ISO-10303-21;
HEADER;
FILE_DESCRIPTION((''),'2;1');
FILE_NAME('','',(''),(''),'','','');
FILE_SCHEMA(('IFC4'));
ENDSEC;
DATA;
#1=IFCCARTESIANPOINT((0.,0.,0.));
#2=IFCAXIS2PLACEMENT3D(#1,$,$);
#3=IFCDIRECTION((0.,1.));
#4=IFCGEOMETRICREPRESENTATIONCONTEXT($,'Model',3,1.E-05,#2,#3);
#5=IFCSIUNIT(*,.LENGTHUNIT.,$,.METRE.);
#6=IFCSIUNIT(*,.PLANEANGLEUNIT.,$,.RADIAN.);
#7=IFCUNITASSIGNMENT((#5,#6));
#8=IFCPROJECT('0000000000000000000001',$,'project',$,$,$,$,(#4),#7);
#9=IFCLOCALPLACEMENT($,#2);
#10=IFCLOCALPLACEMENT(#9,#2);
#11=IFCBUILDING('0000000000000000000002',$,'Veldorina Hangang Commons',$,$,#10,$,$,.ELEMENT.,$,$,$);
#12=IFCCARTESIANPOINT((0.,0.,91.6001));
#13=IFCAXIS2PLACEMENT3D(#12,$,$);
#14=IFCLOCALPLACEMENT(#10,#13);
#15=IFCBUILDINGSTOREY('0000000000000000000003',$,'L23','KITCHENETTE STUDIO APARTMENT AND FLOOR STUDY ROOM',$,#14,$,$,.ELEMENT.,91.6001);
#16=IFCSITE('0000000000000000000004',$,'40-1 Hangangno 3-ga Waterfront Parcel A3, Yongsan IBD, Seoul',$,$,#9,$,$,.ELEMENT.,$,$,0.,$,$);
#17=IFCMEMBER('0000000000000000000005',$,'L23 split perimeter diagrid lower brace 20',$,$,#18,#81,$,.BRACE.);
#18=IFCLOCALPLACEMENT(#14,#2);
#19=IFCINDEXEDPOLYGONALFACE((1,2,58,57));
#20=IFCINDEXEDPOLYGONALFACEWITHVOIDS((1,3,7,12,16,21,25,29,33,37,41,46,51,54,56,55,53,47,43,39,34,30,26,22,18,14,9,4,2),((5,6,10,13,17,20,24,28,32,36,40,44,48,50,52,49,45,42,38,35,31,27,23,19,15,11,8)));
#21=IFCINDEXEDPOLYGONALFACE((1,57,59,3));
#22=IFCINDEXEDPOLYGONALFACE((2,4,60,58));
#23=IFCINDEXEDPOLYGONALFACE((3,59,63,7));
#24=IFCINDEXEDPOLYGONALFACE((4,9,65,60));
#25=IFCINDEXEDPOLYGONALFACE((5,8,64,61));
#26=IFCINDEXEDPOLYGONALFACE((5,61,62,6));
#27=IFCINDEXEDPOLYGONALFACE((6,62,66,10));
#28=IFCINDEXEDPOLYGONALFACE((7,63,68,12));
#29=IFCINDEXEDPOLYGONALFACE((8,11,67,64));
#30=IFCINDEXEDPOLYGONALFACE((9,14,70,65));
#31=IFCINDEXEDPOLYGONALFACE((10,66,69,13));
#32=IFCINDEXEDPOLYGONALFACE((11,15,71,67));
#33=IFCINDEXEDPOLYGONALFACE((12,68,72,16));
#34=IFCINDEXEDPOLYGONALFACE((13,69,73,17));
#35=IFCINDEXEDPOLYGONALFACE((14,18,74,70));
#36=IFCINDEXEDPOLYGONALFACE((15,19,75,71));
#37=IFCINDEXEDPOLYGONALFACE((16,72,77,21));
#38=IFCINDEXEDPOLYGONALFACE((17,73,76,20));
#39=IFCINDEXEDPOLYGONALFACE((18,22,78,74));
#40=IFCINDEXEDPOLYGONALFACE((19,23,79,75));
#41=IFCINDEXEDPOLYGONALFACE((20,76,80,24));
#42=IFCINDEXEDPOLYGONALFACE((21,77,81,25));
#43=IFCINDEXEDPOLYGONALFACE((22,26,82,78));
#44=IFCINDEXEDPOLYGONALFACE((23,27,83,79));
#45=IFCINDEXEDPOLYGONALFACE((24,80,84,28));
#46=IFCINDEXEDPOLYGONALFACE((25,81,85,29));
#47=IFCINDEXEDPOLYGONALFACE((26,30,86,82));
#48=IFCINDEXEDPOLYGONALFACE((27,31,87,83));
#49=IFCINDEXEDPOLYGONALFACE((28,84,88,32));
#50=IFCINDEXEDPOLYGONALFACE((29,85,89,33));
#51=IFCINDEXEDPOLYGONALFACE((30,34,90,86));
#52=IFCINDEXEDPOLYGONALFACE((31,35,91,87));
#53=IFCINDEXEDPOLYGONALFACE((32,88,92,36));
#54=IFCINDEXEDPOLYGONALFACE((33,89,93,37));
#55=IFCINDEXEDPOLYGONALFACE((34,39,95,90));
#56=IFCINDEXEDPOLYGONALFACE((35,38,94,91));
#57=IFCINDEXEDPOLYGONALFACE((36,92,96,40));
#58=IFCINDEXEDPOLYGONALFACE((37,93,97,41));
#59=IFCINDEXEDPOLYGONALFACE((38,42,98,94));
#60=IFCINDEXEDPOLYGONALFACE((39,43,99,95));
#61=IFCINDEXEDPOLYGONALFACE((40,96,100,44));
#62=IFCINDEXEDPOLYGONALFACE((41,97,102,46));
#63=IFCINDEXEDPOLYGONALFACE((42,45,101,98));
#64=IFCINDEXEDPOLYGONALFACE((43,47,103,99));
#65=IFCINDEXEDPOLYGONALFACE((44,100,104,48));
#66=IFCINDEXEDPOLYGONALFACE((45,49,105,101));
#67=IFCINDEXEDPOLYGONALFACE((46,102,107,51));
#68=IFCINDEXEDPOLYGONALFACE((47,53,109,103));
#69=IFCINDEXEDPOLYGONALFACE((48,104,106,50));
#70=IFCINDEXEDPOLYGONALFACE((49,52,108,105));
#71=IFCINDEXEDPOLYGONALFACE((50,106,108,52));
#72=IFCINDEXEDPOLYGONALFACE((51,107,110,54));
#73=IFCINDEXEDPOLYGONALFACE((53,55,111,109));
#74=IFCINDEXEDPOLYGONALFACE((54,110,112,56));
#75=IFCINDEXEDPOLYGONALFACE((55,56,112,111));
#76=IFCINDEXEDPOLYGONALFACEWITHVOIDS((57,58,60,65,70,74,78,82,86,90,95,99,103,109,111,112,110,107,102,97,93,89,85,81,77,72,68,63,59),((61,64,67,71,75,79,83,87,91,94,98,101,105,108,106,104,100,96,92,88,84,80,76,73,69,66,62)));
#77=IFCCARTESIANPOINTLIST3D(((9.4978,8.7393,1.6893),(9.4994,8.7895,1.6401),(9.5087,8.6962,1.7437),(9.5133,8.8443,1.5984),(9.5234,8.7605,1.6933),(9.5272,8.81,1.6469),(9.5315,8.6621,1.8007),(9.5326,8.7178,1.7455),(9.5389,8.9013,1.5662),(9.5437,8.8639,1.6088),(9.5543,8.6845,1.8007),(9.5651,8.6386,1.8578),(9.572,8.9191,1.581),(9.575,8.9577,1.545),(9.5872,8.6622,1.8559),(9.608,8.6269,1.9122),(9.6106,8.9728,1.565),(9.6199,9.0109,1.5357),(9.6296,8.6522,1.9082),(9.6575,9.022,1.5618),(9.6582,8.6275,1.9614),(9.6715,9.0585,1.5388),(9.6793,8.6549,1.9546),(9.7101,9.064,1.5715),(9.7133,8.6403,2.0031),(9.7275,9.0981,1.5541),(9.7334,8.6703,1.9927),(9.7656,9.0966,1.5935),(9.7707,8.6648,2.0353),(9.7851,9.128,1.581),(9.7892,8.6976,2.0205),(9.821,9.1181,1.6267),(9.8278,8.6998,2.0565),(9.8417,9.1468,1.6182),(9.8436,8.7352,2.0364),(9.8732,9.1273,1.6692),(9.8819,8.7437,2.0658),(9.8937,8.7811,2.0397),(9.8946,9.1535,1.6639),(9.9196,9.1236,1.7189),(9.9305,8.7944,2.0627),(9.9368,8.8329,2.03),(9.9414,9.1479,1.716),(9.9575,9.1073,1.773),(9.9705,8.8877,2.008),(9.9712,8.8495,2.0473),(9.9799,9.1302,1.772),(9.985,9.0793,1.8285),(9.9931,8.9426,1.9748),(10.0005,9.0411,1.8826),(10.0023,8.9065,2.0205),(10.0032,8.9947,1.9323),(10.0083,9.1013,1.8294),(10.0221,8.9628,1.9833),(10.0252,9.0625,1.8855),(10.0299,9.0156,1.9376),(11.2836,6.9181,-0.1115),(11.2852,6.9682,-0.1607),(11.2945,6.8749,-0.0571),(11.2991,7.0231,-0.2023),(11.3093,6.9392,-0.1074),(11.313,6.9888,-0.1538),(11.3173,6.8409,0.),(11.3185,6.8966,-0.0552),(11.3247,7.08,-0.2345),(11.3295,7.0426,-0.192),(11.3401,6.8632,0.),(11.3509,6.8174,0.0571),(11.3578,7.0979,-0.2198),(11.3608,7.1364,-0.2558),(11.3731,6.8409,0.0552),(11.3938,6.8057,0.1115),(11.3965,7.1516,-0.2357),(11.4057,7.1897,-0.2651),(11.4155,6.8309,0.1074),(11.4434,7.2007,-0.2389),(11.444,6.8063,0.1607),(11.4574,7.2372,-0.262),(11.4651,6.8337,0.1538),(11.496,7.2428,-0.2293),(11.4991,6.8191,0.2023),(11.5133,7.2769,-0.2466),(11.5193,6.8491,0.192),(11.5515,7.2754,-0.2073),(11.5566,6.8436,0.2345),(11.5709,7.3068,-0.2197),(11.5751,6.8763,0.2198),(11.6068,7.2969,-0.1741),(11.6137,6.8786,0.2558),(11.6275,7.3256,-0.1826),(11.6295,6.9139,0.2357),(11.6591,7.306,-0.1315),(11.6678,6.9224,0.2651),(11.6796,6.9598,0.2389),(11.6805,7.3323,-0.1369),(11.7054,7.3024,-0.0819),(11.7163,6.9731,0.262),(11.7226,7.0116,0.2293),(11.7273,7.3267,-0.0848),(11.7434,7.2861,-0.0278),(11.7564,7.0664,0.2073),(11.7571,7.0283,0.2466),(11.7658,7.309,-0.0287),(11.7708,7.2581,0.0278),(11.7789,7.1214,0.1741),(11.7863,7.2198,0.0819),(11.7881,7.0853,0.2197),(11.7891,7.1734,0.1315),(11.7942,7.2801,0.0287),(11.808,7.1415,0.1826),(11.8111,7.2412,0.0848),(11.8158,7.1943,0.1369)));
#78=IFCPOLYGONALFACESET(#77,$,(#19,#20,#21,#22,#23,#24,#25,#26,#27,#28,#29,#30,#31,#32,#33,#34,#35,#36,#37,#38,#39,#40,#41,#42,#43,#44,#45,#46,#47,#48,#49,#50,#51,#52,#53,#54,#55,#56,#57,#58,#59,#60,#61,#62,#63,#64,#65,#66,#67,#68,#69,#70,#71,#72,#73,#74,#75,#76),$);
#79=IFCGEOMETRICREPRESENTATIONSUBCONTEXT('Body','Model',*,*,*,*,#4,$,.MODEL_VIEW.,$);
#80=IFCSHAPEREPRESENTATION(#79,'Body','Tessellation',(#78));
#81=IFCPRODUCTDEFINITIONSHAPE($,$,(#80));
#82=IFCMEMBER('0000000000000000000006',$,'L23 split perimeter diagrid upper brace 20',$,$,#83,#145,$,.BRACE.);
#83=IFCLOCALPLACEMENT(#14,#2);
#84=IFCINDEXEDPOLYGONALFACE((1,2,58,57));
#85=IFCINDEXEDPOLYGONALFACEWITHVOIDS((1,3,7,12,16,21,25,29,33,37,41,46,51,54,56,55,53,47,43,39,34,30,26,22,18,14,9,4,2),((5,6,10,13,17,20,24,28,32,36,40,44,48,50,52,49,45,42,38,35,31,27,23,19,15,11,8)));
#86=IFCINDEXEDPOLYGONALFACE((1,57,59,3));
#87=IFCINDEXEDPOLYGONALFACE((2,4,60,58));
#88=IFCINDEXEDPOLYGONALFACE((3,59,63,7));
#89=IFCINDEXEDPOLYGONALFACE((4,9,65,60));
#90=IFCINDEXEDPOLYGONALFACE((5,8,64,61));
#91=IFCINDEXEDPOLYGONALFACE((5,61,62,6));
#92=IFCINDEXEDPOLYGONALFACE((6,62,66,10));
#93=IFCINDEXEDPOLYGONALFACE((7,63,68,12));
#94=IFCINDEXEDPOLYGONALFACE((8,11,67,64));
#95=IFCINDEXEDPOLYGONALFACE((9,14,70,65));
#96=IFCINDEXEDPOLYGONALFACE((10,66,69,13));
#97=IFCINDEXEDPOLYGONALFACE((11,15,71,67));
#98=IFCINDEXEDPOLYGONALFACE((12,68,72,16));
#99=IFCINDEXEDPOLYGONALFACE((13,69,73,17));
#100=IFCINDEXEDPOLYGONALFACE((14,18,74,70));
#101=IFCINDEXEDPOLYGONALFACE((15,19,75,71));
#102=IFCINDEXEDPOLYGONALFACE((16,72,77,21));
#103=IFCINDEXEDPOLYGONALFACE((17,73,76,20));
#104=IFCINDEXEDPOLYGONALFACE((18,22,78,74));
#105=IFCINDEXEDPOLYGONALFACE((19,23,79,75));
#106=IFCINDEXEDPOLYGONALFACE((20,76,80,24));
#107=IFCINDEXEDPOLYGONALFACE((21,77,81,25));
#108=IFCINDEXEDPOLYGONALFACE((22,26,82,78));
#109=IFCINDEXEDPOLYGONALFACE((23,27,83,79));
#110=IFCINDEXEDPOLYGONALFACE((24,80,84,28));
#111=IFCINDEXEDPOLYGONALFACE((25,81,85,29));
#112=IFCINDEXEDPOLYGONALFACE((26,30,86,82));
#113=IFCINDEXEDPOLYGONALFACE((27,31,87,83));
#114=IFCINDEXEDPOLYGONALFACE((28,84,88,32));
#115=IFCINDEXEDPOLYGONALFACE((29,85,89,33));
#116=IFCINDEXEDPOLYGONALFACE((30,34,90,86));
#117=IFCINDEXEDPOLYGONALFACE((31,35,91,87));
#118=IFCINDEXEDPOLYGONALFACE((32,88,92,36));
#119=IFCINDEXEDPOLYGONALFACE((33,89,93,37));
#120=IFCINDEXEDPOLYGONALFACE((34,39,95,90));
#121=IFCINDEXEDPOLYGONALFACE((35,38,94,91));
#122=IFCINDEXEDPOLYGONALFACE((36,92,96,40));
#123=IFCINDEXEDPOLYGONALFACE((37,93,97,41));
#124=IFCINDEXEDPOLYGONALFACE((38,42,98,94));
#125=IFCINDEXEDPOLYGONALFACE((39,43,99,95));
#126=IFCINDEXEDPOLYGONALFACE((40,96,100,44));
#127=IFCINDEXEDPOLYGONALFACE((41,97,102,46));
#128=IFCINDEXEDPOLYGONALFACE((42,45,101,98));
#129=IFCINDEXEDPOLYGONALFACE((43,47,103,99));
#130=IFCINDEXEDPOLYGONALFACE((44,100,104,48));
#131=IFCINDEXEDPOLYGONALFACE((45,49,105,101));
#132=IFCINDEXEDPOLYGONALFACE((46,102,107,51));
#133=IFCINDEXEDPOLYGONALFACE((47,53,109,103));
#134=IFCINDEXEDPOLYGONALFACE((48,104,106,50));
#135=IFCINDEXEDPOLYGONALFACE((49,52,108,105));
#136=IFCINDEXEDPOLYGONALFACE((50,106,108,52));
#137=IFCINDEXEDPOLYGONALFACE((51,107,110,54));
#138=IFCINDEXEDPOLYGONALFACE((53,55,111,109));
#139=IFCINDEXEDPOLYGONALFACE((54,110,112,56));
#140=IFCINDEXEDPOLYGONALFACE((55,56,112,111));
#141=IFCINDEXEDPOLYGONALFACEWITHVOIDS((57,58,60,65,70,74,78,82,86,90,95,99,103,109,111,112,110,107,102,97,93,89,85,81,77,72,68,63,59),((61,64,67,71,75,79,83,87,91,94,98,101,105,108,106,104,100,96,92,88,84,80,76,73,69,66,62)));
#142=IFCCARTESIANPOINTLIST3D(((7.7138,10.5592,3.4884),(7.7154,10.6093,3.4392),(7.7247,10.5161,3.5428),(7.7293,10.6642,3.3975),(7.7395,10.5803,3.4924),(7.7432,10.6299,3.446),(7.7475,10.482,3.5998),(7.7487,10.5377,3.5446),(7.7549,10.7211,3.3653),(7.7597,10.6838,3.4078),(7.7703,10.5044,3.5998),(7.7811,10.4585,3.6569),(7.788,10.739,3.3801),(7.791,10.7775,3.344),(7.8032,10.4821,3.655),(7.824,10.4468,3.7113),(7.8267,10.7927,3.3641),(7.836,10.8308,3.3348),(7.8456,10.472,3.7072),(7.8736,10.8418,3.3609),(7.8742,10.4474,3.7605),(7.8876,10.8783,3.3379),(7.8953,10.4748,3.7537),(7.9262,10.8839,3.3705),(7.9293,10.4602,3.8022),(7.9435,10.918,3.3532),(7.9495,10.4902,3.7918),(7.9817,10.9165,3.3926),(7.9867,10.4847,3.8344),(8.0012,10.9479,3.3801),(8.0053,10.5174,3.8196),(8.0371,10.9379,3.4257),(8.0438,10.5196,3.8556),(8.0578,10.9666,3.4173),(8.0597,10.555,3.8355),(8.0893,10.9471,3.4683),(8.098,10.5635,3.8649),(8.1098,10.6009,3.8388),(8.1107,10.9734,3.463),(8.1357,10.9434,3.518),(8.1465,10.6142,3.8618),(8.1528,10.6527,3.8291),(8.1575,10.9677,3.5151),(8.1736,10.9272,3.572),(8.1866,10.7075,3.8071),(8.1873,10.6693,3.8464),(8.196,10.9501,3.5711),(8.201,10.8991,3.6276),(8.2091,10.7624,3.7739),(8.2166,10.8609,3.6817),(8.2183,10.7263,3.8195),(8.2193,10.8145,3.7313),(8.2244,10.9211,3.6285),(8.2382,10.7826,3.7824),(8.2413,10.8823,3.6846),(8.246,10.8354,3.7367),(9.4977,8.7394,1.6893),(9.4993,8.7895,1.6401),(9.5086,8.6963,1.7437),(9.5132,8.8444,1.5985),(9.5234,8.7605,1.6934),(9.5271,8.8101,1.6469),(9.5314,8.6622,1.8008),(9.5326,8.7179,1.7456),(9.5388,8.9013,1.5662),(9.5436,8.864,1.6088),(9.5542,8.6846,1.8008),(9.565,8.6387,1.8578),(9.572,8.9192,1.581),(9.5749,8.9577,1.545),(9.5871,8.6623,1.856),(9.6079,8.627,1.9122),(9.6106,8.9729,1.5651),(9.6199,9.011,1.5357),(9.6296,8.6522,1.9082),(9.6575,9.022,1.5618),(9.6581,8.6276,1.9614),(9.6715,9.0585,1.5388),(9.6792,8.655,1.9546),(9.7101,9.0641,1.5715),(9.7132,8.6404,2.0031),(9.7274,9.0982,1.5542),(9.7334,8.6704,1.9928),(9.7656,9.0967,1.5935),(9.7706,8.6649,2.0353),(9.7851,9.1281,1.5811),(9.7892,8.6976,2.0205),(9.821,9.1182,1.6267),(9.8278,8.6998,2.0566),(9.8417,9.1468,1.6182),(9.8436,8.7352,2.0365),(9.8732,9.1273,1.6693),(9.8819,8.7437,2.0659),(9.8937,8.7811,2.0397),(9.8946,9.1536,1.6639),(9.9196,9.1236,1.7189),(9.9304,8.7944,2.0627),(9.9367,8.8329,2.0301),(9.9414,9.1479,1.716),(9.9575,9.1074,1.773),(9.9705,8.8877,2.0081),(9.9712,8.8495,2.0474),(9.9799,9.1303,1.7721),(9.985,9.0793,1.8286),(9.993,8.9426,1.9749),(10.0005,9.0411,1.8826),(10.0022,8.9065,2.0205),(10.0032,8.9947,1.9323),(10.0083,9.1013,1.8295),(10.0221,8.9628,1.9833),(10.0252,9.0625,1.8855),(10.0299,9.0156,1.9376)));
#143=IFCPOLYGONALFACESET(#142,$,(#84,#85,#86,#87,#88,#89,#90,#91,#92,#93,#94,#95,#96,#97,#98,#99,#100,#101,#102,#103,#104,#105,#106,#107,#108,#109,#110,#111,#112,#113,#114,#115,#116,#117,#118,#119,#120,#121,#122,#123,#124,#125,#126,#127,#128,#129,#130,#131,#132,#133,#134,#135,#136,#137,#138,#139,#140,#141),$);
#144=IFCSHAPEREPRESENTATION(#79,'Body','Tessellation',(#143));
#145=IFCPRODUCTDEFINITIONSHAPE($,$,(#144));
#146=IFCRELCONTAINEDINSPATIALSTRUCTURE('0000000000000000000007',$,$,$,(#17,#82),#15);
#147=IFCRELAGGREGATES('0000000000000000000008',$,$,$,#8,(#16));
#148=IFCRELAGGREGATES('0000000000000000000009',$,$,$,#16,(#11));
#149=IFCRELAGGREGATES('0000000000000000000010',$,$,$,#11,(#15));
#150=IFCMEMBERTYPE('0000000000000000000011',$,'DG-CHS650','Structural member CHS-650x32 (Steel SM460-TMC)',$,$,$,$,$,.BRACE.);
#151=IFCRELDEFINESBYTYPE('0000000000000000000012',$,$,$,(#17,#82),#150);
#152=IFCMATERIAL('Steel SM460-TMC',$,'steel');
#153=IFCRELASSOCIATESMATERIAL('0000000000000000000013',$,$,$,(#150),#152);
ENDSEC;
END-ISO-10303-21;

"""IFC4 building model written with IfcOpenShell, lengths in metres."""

from ifc_helpers import new_model, si_unit, direction, frame, origin, origin_2d, place, context, subcontext, project, spatial, hollow_circle, extrude, material, material_profile, profile_set, type_object, element, save


model = new_model("IFC4")

# Units and contexts
model_context = context("Model", 3, precision=1e-05, world=origin(), true_north=direction((0.0, 1.0)))
body_context = subcontext(model_context, "Body", "Model", "MODEL_VIEW")
ifc_project = project(units=[si_unit("LENGTHUNIT", "METRE"), si_unit("PLANEANGLEUNIT", "RADIAN")], contexts=[model_context])

# Site, building, storey
site_placement = place(None, origin())
site = spatial("IfcSite", under=ifc_project, at=site_placement, Name="40-1 Hangangno 3-ga Waterfront Parcel A3, Yongsan IBD, Seoul", CompositionType="ELEMENT", RefElevation=0.0)
building_placement = place(site_placement, origin())
building = spatial("IfcBuilding", under=site, at=building_placement, Name="Veldorina Hangang Commons", CompositionType="ELEMENT")
storey_placement = place(building_placement, frame((0.0, 0.0, 91.6001)))
storey = spatial("IfcBuildingStorey", under=building, at=storey_placement, Name="L23", Description="KITCHENETTE STUDIO APARTMENT AND FLOOR STUDY ROOM", CompositionType="ELEMENT", Elevation=91.6001)

# Members
ifc_material_1 = material(Name="Steel SM460-TMC", Category="steel")
ifc_material_profile_1 = material_profile(ifc_material_1, hollow_circle(Radius=0.325, WallThickness=0.032, at=origin_2d()), Name="CHS-650x32")
ifc_profile_set_1 = profile_set([ifc_material_profile_1], Name="Steel SM460-TMC")
member_type_1 = type_object("IfcMemberType", Name="DG-CHS650", Description="Structural member CHS-650x32 (Steel SM460-TMC)", PredefinedType="BRACE", material=ifc_profile_set_1)
member_1_placement = place(storey_placement, frame((11.5493, 7.0684, 0.0), z_axis=(-0.571962, 0.5833, 0.576732), x_axis=(-0.714012, -0.700134, 0.0)))
element("IfcMember", 1, at=member_1_placement, inside=storey, type_object=member_type_1, Name="L23 split perimeter diagrid lower brace 20", PredefinedType="BRACE", context=body_context, shape_type="SweptSolid", body=[
    extrude(hollow_circle(Radius=0.325, WallThickness=0.032, at=origin_2d()), origin(), (0.0, 0.0, 1.0), 3.1223),
])
member_2_placement = place(storey_placement, frame((9.7634, 8.8896, 1.8008), z_axis=(-0.571879, 0.583383, 0.576731), x_axis=(-0.714113, -0.70003, 0.0)))
element("IfcMember", 2, at=member_2_placement, inside=storey, type_object=member_type_1, Name="L23 split perimeter diagrid upper brace 20", PredefinedType="BRACE", context=body_context, shape_type="SweptSolid", body=[
    extrude(hollow_circle(Radius=0.325, WallThickness=0.032, at=origin_2d()), origin(), (0.0, 0.0, 1.0), 3.1194),
])

save(model, "model.ifc")
